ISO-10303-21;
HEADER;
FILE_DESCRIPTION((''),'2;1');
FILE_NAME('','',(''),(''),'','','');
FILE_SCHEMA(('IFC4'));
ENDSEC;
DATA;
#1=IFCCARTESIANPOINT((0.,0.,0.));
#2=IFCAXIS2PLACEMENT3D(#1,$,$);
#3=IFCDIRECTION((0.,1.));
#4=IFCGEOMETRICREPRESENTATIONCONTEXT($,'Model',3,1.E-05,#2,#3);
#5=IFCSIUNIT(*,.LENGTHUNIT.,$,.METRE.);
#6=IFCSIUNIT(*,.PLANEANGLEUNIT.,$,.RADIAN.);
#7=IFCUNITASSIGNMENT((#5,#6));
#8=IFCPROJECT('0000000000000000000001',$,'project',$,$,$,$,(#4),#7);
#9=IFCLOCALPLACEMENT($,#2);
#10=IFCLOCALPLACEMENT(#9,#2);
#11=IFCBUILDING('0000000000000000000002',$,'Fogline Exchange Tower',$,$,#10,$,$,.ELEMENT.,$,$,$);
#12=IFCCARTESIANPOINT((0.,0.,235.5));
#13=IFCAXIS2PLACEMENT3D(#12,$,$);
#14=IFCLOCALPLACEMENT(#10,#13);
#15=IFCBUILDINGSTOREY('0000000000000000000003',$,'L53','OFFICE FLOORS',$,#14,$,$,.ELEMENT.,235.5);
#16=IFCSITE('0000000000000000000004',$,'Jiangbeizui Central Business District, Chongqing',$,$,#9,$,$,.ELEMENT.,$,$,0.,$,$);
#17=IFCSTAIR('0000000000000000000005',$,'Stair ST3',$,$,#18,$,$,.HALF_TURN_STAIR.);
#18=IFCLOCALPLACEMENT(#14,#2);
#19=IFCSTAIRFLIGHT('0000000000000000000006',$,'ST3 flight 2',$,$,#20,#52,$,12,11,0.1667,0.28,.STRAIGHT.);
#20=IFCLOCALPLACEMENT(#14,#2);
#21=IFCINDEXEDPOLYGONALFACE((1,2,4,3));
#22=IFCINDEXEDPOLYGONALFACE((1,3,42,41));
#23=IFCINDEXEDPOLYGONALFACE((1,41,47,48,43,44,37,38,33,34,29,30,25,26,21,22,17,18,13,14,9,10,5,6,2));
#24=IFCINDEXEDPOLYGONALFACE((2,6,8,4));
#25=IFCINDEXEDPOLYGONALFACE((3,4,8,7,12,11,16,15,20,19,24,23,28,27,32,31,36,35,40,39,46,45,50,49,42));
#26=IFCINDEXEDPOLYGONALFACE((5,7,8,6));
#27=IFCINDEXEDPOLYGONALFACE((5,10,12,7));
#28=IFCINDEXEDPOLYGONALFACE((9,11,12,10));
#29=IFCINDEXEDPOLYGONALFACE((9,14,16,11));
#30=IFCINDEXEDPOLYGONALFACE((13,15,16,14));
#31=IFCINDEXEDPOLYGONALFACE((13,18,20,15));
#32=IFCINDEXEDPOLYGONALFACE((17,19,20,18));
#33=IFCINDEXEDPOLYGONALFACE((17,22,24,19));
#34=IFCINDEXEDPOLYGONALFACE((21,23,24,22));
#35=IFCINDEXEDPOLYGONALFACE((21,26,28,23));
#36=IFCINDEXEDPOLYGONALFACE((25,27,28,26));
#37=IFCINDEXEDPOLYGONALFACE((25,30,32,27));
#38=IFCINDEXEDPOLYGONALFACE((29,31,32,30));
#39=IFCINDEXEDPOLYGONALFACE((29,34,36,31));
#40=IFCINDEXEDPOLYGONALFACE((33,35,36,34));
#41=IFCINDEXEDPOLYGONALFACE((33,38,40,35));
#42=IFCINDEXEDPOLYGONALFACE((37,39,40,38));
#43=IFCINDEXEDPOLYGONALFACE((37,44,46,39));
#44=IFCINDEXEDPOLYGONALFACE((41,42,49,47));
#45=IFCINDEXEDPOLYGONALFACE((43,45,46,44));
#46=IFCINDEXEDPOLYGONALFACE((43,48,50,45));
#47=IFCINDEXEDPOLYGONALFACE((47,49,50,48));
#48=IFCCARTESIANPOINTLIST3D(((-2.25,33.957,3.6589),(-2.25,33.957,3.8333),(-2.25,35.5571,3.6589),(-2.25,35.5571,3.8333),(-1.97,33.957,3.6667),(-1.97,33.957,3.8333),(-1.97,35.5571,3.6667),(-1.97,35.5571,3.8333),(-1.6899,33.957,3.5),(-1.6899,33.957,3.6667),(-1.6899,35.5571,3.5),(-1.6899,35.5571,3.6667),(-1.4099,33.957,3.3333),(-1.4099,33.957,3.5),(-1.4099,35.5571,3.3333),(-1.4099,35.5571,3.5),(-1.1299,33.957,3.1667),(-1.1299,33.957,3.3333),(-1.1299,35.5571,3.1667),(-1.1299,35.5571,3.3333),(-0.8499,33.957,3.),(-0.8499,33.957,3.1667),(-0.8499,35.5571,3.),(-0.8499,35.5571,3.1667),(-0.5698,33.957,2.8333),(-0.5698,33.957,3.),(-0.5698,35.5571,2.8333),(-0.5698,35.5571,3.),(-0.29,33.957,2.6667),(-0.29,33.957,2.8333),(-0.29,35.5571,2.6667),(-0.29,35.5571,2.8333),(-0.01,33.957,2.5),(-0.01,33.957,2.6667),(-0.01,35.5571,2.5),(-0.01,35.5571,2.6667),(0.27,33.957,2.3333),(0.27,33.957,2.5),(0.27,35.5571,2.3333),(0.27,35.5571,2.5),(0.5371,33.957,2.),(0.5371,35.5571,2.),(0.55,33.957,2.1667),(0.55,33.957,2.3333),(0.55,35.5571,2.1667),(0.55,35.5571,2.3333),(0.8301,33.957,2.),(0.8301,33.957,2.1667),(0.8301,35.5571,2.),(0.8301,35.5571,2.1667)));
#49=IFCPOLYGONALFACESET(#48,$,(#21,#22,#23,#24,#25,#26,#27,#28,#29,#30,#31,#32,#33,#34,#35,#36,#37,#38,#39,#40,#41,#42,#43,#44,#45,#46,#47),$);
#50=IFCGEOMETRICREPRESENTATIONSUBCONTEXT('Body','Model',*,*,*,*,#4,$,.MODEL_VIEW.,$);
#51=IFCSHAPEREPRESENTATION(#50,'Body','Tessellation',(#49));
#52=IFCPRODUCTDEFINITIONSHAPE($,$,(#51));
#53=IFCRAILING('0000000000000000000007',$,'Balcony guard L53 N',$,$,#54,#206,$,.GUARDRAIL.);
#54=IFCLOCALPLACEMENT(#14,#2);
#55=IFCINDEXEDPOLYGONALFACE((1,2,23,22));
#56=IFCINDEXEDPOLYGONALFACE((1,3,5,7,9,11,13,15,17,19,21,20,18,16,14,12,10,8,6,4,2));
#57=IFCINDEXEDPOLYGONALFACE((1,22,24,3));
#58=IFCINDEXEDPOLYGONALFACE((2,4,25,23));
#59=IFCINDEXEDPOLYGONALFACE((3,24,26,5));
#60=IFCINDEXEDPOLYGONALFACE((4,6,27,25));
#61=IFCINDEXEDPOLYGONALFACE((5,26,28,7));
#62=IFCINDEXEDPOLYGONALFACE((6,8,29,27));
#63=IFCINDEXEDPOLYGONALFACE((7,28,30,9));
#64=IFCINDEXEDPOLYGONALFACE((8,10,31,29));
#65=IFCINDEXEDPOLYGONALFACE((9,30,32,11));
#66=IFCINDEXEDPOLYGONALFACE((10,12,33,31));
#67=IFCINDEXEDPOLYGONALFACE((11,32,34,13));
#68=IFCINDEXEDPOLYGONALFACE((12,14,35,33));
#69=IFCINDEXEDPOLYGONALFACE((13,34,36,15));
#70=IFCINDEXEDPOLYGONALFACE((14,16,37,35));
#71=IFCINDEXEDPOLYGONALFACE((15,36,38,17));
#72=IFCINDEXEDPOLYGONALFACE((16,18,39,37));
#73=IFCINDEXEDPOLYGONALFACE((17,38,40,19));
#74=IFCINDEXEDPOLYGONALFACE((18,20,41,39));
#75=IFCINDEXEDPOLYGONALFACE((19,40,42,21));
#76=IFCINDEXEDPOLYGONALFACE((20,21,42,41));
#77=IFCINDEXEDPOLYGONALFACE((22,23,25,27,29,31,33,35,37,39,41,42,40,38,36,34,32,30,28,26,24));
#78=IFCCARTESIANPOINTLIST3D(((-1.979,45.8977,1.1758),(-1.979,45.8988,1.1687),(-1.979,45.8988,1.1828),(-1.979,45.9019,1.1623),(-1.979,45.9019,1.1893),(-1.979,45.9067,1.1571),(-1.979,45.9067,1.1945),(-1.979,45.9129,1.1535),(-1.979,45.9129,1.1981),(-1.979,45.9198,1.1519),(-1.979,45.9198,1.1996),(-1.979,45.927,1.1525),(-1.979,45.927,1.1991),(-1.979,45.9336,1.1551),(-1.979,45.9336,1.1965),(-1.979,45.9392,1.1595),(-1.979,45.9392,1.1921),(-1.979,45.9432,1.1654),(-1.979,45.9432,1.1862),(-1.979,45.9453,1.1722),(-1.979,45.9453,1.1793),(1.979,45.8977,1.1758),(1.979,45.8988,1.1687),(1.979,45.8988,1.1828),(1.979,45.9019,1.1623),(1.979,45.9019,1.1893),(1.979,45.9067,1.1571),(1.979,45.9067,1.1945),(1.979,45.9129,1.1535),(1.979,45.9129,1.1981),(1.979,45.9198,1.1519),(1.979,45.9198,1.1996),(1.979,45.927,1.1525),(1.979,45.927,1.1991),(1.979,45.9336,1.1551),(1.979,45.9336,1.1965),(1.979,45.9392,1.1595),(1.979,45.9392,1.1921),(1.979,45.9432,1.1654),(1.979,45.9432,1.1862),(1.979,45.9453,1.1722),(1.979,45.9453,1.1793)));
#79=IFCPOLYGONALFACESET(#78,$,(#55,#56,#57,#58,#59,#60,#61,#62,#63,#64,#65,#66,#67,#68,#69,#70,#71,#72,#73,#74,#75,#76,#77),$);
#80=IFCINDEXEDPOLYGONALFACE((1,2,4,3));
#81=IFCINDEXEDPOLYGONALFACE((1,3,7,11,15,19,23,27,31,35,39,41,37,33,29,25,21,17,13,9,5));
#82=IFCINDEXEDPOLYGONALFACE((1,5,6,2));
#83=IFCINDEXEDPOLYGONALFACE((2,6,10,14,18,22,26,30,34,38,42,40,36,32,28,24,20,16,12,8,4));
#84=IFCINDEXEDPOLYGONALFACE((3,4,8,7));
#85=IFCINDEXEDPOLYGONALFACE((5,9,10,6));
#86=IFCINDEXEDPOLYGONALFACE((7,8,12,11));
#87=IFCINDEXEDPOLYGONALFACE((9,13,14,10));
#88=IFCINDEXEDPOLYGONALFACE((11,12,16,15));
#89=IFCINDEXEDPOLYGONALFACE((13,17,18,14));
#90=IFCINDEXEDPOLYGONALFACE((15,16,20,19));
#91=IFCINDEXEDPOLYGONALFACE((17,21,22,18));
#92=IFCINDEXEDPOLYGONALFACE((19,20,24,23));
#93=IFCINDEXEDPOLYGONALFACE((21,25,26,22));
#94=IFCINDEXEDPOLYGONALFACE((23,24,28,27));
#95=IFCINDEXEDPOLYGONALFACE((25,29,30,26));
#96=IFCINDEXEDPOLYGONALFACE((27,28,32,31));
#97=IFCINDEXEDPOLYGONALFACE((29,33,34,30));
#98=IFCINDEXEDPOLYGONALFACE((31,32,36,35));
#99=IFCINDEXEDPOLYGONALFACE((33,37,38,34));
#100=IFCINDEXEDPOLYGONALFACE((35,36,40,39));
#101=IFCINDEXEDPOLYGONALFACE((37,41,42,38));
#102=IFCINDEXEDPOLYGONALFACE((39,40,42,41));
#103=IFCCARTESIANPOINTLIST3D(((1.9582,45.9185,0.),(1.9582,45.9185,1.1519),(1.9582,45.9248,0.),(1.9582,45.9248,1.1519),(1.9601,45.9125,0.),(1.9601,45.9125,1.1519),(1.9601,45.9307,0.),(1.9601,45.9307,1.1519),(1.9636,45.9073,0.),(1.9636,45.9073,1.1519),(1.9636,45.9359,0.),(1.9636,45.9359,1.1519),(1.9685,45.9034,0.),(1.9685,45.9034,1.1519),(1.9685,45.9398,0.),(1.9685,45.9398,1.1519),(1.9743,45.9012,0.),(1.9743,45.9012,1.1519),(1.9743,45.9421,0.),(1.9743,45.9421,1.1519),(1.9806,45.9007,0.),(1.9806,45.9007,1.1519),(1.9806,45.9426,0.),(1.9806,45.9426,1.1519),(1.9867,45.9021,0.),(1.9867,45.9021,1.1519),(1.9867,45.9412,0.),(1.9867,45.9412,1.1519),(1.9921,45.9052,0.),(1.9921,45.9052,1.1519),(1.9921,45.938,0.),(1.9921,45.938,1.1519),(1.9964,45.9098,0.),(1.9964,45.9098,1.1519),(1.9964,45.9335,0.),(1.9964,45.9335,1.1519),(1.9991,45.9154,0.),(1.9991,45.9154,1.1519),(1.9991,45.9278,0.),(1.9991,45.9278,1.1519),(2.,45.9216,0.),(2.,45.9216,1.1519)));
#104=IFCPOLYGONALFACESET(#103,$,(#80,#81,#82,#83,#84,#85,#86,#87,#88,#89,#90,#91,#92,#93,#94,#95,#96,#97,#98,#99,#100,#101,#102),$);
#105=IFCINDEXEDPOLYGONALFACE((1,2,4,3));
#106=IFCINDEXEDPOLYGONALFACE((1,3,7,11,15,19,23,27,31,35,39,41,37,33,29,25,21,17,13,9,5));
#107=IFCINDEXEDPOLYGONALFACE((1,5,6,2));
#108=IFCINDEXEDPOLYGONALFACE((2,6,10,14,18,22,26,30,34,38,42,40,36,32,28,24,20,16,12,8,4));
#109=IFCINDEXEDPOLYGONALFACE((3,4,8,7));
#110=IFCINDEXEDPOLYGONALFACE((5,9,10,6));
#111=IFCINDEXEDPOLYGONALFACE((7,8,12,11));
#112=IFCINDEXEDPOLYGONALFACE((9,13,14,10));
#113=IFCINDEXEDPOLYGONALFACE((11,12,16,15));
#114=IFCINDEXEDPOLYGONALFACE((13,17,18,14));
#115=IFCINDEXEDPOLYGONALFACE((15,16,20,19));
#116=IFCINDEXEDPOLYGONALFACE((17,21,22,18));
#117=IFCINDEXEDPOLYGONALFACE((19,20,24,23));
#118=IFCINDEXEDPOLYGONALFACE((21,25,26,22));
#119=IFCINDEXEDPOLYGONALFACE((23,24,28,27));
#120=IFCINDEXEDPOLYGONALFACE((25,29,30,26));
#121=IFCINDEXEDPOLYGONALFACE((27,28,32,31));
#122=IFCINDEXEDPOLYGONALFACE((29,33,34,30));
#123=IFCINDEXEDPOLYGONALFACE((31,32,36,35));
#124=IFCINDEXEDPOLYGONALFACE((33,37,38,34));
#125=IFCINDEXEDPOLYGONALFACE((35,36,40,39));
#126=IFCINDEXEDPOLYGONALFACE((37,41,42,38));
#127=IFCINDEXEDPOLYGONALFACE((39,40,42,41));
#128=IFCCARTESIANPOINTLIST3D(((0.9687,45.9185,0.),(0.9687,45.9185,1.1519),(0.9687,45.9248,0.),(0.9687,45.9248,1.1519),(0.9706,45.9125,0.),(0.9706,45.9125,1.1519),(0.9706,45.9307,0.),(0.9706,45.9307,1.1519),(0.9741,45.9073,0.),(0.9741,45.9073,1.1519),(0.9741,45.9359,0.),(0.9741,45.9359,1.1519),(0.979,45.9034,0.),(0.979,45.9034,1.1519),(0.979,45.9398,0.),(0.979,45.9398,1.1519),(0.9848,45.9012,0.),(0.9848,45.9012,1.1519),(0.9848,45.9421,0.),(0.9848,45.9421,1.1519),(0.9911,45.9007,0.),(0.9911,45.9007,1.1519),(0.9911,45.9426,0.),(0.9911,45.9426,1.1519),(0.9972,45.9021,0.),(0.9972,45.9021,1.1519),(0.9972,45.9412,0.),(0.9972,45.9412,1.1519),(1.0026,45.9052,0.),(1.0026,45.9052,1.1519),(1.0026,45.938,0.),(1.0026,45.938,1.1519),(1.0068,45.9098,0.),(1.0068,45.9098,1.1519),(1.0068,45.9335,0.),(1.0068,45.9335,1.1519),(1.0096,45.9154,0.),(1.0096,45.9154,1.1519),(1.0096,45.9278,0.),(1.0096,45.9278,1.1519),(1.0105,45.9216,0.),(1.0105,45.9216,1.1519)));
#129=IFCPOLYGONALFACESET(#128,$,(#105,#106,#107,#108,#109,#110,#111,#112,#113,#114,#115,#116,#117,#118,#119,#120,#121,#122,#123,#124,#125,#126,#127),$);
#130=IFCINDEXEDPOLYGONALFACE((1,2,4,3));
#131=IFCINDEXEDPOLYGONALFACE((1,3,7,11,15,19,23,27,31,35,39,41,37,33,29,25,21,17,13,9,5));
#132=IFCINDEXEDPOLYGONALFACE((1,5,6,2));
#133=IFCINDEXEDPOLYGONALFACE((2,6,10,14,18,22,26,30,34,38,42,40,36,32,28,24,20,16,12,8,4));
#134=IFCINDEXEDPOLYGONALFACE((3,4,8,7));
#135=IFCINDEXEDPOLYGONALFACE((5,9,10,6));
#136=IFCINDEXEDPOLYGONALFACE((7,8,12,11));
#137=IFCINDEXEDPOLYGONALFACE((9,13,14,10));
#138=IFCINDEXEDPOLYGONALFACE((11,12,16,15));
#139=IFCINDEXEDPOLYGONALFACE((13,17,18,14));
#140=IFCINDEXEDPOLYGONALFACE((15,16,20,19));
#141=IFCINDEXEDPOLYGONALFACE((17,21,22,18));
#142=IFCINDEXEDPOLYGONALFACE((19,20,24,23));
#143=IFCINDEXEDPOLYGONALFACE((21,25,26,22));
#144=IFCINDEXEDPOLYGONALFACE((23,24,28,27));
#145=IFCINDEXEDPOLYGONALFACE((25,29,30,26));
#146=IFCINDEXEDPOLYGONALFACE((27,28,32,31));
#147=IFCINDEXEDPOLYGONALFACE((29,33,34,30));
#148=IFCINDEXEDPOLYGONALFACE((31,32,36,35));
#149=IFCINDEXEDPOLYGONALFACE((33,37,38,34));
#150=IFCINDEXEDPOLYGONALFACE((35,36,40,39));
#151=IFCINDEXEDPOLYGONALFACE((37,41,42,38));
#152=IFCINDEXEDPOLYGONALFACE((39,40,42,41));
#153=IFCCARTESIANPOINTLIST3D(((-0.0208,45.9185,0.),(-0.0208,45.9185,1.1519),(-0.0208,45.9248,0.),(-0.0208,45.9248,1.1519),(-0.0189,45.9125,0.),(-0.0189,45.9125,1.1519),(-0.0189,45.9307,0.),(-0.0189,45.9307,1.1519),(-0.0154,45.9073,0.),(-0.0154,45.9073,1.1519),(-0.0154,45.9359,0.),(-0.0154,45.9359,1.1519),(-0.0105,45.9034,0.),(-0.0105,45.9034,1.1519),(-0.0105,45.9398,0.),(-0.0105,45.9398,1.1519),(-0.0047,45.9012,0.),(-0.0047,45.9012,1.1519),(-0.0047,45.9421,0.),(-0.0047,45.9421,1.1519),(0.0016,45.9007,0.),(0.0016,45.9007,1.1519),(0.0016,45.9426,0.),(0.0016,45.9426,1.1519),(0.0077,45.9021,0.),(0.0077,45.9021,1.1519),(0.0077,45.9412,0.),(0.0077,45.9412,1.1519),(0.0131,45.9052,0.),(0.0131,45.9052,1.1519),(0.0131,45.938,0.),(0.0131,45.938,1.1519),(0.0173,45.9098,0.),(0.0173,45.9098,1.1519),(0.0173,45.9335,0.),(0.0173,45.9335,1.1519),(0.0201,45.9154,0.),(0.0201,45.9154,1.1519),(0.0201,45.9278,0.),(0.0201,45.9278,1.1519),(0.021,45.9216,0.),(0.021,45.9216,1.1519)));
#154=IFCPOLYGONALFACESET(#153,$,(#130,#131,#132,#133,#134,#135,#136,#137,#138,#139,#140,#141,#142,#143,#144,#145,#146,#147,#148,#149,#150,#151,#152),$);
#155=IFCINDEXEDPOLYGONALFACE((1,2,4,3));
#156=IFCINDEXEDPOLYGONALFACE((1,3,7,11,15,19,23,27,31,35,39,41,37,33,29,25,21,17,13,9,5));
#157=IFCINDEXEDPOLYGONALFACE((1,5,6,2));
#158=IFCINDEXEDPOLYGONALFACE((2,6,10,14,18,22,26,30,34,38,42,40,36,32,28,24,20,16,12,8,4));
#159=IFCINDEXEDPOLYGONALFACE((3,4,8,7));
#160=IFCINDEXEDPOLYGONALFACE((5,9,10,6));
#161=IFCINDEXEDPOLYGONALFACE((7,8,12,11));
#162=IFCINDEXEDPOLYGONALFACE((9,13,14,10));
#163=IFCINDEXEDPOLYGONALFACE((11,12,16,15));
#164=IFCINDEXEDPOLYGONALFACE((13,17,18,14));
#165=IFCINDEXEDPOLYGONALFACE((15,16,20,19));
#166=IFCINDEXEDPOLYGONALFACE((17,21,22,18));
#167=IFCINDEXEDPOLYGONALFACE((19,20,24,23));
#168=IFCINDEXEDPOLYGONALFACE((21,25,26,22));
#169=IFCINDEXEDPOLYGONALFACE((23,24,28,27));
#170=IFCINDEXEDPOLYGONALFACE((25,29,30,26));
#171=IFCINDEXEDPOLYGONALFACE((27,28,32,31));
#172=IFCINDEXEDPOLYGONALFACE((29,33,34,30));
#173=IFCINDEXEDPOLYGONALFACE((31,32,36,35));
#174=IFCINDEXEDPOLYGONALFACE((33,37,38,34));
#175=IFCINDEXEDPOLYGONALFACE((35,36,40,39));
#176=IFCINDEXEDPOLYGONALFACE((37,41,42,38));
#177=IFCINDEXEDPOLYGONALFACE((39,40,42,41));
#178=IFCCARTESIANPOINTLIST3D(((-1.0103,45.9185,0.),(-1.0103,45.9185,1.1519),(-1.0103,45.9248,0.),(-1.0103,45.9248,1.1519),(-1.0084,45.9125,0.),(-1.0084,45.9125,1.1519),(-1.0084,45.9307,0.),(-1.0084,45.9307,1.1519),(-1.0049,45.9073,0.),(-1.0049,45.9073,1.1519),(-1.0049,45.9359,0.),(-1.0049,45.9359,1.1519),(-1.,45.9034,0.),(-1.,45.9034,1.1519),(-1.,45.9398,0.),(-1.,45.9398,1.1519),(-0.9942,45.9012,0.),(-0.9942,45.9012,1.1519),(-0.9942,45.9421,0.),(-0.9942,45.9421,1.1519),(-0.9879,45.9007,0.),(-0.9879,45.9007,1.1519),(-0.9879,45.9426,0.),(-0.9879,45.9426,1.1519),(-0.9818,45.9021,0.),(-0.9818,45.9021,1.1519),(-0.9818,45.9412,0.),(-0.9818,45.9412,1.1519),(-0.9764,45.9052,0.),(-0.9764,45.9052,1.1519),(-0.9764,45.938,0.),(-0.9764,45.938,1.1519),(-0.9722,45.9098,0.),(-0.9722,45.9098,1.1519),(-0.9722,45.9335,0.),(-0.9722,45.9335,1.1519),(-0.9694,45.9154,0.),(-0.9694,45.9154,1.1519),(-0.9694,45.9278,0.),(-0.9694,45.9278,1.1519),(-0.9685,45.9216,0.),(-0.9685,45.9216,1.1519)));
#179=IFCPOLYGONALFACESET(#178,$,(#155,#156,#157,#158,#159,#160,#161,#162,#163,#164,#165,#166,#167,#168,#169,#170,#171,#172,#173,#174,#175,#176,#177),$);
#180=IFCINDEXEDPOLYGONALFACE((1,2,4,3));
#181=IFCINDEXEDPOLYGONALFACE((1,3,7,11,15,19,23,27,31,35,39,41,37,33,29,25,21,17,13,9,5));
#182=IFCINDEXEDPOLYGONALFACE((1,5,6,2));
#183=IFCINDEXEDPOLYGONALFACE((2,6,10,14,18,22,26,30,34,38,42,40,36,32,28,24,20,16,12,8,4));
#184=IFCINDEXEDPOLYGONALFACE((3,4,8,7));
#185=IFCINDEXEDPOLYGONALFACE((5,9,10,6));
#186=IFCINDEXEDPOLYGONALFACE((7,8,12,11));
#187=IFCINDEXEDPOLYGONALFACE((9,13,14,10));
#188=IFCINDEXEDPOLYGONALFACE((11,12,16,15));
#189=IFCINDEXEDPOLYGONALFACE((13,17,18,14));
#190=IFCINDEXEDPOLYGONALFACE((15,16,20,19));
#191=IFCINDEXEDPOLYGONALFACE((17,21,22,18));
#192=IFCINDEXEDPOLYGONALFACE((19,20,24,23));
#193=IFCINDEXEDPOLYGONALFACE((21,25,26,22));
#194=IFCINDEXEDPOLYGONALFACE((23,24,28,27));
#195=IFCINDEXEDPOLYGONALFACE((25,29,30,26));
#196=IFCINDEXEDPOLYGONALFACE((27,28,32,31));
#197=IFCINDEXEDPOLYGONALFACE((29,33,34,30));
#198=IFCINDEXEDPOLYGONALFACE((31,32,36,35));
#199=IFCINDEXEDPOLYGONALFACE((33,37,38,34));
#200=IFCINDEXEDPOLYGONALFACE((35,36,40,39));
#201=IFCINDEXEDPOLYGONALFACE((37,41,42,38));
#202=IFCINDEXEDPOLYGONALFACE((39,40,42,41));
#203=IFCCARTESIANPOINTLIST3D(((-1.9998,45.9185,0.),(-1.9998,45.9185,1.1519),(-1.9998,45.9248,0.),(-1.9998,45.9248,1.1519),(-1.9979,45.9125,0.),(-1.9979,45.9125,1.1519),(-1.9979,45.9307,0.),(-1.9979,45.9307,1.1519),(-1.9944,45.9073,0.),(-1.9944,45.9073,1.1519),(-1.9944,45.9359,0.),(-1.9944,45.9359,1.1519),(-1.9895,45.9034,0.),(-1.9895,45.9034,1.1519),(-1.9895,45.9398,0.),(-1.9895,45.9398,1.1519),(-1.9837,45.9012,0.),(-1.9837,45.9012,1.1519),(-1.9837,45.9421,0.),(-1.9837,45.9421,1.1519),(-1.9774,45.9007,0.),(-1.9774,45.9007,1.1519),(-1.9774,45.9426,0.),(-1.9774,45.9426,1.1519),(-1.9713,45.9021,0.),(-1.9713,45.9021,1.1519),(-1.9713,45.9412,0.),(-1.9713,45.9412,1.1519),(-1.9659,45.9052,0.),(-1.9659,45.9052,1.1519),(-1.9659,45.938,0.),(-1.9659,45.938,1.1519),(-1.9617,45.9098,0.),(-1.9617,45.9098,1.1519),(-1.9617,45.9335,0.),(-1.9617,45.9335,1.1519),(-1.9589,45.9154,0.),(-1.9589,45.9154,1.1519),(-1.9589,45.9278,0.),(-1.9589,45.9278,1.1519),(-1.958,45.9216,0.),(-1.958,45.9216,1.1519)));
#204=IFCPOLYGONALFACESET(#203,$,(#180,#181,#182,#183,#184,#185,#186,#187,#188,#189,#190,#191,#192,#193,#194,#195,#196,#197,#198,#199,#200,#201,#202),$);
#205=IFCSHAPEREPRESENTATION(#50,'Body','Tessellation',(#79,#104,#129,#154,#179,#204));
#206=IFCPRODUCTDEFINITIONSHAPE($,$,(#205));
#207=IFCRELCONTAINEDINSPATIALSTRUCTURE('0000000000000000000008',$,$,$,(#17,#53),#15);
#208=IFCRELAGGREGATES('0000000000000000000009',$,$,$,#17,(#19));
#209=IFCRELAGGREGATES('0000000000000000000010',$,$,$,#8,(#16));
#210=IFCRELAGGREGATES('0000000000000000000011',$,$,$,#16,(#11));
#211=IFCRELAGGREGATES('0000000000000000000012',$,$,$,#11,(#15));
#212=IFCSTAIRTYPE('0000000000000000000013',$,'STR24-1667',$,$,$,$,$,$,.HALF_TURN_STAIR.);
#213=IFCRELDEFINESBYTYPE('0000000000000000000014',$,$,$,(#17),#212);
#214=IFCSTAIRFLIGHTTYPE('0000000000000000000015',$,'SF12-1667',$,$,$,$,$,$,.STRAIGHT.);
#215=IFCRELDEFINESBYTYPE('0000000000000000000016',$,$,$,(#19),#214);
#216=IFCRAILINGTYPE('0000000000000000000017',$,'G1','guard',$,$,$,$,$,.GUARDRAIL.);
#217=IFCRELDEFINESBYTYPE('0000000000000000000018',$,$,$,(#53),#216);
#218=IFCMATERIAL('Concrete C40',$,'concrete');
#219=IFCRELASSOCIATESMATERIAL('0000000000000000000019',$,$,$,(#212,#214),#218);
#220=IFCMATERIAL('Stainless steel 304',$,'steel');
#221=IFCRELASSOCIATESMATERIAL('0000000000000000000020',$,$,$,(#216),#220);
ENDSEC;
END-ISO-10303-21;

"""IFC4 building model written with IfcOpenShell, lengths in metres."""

from ifc_helpers import new_model, si_unit, direction, frame, origin, origin_2d, place, context, subcontext, project, spatial, polyline, circle, outline, extrude, material, type_object, element, aggregate, save


model = new_model("IFC4")

# Units and contexts
model_context = context("Model", 3, precision=1e-05, world=origin(), true_north=direction((0.0, 1.0)))
body_context = subcontext(model_context, "Body", "Model", "MODEL_VIEW")
ifc_project = project(units=[si_unit("LENGTHUNIT", "METRE"), si_unit("PLANEANGLEUNIT", "RADIAN")], contexts=[model_context])

# Site, building, storey
site_placement = place(None, origin())
site = spatial("IfcSite", under=ifc_project, at=site_placement, Name="Jiangbeizui Central Business District, Chongqing", CompositionType="ELEMENT", RefElevation=0.0)
building_placement = place(site_placement, origin())
building = spatial("IfcBuilding", under=site, at=building_placement, Name="Fogline Exchange Tower", CompositionType="ELEMENT")
storey_placement = place(building_placement, frame((0.0, 0.0, 235.5)))
storey = spatial("IfcBuildingStorey", under=building, at=storey_placement, Name="L53", Description="OFFICE FLOORS", CompositionType="ELEMENT", Elevation=235.5)

# Shared definitions
ifc_material_1 = material(Name="Concrete C40", Category="concrete")

# Stair, stair flight
stair_type = type_object("IfcStairType", Name="STR24-1667", PredefinedType="HALF_TURN_STAIR", material=ifc_material_1)
stair_placement = place(storey_placement, origin())
stair = element("IfcStair", 1, at=stair_placement, inside=storey, type_object=stair_type, Name="Stair ST3", PredefinedType="HALF_TURN_STAIR")
stair_flight_type = type_object("IfcStairFlightType", Name="SF12-1667", PredefinedType="STRAIGHT", material=ifc_material_1)
stair_flight_placement = place(storey_placement, frame((0.8301, 34.7571, 2.0), z_axis=(0.0, 0.0, 1.0), x_axis=(-1.0, 0.0, 0.0)))
stair_flight = element("IfcStairFlight", 2, at=stair_flight_placement, type_object=stair_flight_type, Name="ST3 flight 2", NumberOfRisers=12, NumberOfTreads=11, PredefinedType="STRAIGHT", RiserHeight=0.1667, TreadLength=0.28, context=body_context, shape_type="SweptSolid", body=[
    extrude(outline(polyline([(0.0, 0.0), (0.0, 0.1667), (0.28, 0.1667), (0.28, 0.3333), (0.5601, 0.3333), (0.5601, 0.5), (0.8401, 0.5), (0.8401, 0.6667), (1.1201, 0.6667), (1.1201, 0.8333), (1.3999, 0.8333), (1.3999, 1.0), (1.6799, 1.0), (1.6799, 1.1667), (1.96, 1.1667), (1.96, 1.3333), (2.24, 1.3333), (2.24, 1.5), (2.52, 1.5), (2.52, 1.6667), (2.8, 1.6667), (2.8, 1.8333), (3.0801, 1.8333), (3.0801, 2.0), (3.0801, 1.6589), (0.293, 0.0), (0.0, 0.0)])), frame((0.0, 0.8, 0.0), z_axis=(0.0, -1.0, 0.0), x_axis=(1.0, 0.0, 0.0)), (0.0, 0.0, 1.0), 1.6001),
])
aggregate(stair, [stair_flight])

# Railing
ifc_material_2 = material(Name="Stainless steel 304", Category="steel")
railing_type = type_object("IfcRailingType", Name="G1", Description="guard", PredefinedType="GUARDRAIL", material=ifc_material_2)
railing_placement = place(storey_placement, frame((1.979, 45.9216, 0.0)))
element("IfcRailing", 3, at=railing_placement, inside=storey, type_object=railing_type, Name="Balcony guard L53 N", PredefinedType="GUARDRAIL", context=body_context, shape_type="SweptSolid", body=[
    extrude(circle(Radius=0.0239, at=origin_2d()), frame((0.0, 0.0, 1.1758), z_axis=(-1.0, 0.0, 0.0), x_axis=(0.0, -1.0, 0.0)), (0.0, 0.0, 1.0), 3.958),
    extrude(circle(Radius=0.021, at=origin_2d()), origin(), (0.0, 0.0, 1.0), 1.1519),
    extrude(circle(Radius=0.021, at=origin_2d()), frame((-0.9895, 0.0, 0.0)), (0.0, 0.0, 1.0), 1.1519),
    extrude(circle(Radius=0.021, at=origin_2d()), frame((-1.979, 0.0, 0.0)), (0.0, 0.0, 1.0), 1.1519),
    extrude(circle(Radius=0.021, at=origin_2d()), frame((-2.9685, 0.0, 0.0)), (0.0, 0.0, 1.0), 1.1519),
    extrude(circle(Radius=0.021, at=origin_2d()), frame((-3.958, 0.0, 0.0)), (0.0, 0.0, 1.0), 1.1519),
])

save(model, "model.ifc")
